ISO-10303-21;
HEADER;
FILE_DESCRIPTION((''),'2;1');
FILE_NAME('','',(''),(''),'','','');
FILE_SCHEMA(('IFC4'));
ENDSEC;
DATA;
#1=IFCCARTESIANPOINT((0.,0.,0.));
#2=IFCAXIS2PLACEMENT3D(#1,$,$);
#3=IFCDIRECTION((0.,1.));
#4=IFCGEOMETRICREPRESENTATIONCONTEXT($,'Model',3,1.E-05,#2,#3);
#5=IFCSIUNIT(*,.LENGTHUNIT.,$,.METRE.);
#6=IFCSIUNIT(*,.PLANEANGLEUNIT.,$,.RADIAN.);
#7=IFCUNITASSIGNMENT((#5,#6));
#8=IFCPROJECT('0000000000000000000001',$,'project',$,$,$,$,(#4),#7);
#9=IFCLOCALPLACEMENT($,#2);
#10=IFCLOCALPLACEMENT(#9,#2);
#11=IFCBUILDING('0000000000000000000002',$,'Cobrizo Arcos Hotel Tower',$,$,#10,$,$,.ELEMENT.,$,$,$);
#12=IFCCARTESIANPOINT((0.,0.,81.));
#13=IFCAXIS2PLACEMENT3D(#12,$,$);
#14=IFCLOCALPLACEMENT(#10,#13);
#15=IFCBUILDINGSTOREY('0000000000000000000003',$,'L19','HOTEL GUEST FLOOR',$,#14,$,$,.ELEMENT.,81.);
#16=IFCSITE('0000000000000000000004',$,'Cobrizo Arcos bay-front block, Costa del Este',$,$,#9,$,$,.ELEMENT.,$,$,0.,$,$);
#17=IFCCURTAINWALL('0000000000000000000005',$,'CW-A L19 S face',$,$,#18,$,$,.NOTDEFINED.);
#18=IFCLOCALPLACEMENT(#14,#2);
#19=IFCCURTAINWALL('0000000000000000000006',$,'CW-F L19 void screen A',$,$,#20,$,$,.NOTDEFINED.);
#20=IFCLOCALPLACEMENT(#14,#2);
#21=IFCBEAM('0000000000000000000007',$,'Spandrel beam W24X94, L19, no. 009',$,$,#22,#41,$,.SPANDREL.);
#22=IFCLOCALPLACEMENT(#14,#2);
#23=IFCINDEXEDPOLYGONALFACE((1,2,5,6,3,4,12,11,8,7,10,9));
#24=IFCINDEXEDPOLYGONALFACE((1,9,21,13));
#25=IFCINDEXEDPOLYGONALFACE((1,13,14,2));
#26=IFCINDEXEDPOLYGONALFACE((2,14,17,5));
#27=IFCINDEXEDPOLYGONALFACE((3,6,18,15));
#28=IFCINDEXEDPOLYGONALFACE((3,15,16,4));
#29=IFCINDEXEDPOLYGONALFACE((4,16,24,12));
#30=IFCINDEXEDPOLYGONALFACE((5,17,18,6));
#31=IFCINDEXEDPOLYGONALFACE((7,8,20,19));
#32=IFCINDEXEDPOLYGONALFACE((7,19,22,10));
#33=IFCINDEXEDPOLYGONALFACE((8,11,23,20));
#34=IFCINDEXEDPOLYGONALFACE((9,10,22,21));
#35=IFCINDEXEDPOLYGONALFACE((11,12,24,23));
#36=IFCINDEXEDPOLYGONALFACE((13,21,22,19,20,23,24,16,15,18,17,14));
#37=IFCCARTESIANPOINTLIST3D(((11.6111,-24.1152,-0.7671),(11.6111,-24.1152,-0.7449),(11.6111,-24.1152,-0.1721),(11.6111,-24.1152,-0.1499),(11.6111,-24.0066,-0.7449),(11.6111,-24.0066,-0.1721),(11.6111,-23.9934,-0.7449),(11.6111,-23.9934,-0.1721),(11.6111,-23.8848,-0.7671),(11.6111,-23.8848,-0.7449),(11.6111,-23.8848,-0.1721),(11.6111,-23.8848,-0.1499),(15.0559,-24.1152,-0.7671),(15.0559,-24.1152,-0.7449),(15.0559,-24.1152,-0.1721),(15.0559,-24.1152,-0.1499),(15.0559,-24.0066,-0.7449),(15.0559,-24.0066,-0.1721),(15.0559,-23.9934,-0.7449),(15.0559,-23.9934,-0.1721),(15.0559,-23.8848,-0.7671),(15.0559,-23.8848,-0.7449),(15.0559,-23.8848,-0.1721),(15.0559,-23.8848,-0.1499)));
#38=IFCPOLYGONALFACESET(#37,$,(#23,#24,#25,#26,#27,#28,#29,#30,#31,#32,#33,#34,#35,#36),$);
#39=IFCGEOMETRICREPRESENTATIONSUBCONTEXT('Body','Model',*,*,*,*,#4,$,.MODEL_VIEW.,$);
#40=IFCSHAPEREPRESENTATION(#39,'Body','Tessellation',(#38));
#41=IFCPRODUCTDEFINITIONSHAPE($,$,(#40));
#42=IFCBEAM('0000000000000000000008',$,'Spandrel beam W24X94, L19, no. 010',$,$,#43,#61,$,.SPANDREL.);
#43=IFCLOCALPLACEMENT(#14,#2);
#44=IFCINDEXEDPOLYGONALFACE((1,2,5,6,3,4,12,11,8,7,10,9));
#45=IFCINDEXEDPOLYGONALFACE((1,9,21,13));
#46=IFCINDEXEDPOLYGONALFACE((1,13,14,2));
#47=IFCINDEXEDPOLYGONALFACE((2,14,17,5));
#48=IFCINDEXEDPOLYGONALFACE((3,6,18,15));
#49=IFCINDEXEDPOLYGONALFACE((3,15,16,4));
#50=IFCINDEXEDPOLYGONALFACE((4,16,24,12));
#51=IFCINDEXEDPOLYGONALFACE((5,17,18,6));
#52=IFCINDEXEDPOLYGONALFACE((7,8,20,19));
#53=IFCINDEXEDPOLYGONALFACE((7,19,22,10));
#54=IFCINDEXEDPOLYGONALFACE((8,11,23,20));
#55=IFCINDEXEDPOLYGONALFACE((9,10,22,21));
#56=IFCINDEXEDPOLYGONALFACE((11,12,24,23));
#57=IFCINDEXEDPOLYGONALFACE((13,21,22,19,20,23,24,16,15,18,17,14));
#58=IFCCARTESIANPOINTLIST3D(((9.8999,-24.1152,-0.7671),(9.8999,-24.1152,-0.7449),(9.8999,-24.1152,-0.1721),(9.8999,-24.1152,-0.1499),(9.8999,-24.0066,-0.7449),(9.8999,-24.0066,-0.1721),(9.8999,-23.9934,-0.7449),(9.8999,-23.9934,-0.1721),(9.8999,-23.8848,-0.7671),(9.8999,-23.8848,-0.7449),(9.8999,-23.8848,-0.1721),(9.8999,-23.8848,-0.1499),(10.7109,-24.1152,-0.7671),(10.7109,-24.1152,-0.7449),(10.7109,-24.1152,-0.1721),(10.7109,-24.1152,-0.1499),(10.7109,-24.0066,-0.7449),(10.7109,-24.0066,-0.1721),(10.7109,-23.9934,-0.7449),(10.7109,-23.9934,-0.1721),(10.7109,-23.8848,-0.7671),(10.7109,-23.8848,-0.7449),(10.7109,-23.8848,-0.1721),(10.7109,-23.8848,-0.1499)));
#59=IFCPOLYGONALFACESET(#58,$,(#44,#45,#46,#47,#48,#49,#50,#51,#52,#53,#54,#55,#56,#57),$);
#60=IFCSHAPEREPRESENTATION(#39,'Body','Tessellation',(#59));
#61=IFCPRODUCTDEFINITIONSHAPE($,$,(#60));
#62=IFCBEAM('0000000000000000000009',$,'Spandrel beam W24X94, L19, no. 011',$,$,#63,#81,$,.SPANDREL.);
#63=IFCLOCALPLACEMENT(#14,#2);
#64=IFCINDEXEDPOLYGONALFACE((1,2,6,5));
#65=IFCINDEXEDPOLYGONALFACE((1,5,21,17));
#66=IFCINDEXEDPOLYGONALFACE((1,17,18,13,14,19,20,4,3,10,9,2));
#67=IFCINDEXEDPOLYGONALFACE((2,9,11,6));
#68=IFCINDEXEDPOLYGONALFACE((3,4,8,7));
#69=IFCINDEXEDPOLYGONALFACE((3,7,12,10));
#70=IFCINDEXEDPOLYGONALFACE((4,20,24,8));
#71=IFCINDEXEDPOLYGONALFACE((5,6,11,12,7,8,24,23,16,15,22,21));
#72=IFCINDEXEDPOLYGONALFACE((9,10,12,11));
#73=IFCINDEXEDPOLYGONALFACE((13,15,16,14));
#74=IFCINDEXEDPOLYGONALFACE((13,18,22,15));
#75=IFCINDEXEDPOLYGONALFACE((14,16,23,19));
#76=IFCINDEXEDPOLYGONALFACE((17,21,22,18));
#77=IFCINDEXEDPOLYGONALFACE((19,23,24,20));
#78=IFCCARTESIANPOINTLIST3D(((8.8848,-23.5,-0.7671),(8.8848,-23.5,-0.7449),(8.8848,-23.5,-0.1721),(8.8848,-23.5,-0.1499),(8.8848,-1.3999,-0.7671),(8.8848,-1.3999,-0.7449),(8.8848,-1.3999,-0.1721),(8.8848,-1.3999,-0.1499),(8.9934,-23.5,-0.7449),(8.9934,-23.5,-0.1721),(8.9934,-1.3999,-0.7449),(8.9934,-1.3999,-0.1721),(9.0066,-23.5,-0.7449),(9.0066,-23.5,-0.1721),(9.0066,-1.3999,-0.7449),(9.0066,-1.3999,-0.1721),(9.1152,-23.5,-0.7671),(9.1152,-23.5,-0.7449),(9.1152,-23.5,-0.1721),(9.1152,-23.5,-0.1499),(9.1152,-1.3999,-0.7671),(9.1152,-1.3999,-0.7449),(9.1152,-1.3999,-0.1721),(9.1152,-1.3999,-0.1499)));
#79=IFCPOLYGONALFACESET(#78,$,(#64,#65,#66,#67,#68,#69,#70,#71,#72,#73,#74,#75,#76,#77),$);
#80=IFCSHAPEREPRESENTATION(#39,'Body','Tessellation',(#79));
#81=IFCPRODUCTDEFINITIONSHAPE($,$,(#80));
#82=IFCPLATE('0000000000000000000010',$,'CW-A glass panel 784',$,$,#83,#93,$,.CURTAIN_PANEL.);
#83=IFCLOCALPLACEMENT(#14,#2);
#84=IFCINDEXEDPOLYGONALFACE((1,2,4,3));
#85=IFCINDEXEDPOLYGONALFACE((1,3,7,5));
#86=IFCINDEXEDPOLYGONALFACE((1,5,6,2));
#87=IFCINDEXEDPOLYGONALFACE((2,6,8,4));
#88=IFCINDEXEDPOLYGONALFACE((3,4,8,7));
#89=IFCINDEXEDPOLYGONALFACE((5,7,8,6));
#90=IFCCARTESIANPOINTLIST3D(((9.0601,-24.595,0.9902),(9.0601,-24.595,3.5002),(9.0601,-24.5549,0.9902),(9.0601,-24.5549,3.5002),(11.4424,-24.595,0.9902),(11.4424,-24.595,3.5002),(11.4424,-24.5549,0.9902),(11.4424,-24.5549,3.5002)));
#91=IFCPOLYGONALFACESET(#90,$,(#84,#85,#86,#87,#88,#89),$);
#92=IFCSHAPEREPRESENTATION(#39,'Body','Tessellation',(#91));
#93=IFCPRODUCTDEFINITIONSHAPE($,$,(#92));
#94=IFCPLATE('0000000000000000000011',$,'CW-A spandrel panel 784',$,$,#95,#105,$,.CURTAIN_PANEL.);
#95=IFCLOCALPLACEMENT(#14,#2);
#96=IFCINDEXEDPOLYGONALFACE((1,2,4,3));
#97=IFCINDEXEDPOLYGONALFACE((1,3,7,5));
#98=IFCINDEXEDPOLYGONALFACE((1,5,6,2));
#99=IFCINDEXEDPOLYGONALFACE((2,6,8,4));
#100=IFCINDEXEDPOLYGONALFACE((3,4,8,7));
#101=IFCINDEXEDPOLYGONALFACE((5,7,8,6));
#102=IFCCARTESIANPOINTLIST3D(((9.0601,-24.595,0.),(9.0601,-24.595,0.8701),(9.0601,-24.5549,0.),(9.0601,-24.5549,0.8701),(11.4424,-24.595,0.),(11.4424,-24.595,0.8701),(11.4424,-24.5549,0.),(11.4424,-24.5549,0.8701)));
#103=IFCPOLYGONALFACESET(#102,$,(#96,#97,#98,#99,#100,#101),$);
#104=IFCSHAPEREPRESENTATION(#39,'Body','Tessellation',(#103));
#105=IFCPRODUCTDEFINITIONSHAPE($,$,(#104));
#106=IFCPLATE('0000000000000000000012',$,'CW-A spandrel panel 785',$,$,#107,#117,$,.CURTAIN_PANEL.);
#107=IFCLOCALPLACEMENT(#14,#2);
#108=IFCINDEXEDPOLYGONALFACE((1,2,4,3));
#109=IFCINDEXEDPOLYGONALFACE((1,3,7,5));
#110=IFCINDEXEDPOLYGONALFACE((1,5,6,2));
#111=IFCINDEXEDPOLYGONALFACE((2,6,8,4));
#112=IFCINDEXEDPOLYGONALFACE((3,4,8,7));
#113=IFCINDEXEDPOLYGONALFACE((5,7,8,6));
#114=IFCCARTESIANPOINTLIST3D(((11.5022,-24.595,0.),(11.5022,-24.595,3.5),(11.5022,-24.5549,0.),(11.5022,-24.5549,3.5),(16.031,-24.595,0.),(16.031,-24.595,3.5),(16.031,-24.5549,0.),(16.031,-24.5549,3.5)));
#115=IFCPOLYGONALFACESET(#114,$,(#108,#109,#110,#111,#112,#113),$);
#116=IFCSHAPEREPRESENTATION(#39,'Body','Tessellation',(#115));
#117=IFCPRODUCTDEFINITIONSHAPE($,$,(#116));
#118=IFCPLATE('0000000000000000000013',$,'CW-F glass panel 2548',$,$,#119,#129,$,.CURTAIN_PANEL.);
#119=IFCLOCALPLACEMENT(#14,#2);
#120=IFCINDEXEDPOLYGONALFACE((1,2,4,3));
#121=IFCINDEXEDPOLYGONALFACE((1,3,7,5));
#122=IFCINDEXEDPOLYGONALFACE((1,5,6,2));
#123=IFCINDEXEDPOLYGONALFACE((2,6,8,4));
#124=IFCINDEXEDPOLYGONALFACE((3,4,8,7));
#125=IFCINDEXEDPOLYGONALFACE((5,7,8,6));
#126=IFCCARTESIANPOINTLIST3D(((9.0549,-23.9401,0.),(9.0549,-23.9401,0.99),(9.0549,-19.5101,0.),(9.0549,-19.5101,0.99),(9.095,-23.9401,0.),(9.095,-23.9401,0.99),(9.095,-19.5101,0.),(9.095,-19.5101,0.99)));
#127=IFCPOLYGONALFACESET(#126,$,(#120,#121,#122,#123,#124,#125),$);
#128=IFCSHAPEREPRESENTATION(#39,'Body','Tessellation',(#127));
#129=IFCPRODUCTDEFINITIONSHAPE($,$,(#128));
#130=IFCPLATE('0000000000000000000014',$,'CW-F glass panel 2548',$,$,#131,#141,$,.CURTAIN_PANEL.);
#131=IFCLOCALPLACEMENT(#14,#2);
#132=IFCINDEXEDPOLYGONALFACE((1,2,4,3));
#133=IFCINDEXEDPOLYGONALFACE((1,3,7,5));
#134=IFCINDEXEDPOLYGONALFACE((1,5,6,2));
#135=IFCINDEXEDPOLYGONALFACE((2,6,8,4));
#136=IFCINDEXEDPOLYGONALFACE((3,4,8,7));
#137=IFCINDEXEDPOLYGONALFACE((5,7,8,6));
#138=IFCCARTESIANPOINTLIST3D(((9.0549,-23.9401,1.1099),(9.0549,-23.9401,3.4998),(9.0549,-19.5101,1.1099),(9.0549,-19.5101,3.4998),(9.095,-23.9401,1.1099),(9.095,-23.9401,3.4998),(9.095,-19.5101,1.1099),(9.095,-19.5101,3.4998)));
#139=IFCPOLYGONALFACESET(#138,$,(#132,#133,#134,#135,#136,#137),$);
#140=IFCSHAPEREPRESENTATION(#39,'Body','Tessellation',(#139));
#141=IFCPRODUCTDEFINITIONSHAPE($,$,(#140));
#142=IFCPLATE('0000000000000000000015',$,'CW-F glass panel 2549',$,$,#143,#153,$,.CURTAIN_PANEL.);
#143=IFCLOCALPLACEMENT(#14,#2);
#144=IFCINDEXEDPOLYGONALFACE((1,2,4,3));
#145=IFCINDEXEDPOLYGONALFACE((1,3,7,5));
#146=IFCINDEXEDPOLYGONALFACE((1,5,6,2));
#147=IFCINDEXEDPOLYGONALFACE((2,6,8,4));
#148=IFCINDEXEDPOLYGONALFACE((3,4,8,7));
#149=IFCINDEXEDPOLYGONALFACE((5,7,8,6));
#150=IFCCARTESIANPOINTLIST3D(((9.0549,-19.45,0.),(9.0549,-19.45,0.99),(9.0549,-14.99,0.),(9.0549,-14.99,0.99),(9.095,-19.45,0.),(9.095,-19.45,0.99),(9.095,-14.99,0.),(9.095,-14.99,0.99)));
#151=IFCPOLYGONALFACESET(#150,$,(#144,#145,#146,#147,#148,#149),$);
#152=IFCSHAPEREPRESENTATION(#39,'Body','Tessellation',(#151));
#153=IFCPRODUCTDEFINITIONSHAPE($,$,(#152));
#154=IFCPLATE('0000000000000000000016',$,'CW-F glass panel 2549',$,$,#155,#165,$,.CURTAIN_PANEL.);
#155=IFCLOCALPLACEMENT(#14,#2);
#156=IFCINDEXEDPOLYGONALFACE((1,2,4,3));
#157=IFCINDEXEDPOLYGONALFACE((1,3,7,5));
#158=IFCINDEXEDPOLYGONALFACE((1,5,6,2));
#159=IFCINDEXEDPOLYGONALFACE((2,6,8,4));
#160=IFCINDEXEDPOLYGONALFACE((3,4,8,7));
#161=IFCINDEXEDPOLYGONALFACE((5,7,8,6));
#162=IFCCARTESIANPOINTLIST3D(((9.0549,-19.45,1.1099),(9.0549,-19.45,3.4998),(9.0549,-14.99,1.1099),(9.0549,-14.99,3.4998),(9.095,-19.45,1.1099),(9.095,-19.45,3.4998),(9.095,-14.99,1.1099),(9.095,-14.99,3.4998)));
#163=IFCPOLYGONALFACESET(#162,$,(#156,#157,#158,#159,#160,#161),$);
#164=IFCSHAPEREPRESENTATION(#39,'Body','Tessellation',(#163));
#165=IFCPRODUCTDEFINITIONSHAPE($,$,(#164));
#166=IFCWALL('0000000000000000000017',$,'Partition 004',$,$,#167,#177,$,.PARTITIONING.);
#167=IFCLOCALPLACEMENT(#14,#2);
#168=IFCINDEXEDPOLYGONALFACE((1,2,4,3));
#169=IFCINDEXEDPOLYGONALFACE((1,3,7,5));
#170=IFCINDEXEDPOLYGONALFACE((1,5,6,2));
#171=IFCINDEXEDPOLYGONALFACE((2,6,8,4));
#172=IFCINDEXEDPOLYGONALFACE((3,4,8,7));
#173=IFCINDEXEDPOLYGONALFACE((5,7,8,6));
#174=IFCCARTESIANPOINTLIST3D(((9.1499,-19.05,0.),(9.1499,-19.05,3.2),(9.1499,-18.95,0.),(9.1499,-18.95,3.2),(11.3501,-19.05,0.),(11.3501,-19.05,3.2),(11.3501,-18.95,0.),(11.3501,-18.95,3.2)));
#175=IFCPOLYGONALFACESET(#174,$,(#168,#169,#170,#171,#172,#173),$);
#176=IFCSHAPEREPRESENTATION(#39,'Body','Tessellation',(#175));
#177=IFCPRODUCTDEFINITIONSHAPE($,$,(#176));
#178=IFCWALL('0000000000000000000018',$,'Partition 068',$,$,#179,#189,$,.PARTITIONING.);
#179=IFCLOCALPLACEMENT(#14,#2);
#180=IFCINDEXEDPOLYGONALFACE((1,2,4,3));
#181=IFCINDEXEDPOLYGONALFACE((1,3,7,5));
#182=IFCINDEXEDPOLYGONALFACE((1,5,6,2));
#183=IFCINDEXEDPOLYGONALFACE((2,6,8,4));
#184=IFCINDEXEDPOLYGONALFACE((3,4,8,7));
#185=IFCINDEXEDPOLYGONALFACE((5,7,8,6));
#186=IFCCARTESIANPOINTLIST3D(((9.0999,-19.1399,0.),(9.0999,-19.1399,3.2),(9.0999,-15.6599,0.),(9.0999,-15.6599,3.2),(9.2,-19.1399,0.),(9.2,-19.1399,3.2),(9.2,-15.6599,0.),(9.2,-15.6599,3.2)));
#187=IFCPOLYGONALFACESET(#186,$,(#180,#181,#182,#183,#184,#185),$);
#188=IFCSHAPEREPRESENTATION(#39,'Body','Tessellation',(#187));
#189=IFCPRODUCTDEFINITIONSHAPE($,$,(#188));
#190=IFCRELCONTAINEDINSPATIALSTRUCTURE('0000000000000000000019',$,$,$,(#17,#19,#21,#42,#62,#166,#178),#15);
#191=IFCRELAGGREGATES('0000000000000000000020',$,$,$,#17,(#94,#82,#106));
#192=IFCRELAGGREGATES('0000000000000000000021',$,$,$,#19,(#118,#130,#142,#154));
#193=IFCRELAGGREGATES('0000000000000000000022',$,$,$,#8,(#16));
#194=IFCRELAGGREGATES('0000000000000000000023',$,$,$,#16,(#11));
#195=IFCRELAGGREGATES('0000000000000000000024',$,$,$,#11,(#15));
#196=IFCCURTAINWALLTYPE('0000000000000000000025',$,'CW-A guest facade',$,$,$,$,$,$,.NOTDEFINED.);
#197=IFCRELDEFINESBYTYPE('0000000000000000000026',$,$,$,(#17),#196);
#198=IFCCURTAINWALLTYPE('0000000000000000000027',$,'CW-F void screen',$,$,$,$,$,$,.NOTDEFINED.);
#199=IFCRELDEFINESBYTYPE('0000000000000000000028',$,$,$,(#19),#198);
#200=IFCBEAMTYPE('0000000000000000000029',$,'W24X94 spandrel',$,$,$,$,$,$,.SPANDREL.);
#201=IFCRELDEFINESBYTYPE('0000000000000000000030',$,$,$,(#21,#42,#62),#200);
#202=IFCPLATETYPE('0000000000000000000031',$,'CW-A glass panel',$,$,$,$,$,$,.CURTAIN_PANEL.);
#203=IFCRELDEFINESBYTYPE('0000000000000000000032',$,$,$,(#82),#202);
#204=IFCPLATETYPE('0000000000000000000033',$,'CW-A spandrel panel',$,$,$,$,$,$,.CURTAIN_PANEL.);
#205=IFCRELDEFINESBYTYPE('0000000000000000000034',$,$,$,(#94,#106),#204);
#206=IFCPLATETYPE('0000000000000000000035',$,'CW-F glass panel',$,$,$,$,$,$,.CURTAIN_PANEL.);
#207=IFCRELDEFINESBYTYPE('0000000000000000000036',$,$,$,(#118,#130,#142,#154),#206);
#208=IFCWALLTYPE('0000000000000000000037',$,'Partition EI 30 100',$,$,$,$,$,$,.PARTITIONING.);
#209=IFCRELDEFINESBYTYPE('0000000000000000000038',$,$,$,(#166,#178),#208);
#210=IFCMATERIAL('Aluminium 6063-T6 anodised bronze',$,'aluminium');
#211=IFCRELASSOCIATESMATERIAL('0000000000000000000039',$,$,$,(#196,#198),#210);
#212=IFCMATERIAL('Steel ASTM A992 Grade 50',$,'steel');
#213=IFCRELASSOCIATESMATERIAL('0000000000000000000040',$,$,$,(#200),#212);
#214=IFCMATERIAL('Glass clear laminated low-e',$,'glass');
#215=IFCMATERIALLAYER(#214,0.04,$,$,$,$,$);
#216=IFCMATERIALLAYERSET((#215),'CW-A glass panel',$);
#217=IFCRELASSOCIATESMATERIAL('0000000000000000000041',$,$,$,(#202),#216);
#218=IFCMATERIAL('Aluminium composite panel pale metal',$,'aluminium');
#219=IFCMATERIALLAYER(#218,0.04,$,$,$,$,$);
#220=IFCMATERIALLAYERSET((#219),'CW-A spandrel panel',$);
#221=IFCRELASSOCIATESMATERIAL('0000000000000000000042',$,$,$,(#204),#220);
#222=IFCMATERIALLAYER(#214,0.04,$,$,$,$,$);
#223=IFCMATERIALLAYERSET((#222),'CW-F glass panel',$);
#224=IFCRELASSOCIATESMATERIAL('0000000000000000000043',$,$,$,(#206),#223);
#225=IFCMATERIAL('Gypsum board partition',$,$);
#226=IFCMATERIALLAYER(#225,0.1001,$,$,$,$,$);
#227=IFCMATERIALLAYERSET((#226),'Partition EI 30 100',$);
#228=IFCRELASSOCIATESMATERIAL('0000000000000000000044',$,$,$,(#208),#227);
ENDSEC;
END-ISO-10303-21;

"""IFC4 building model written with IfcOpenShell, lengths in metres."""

from ifc_helpers import new_model, si_unit, direction, frame, frame_2d, origin, origin_2d, place, context, subcontext, project, spatial, rectangle, i_section, extrude, material, layer, layer_set, material_profile, profile_set, type_object, element, aggregate, save


model = new_model("IFC4")

# Units and contexts
model_context = context("Model", 3, precision=1e-05, world=origin(), true_north=direction((0.0, 1.0)))
body_context = subcontext(model_context, "Body", "Model", "MODEL_VIEW")
ifc_project = project(units=[si_unit("LENGTHUNIT", "METRE"), si_unit("PLANEANGLEUNIT", "RADIAN")], contexts=[model_context])

# Site, building, storey
site_placement = place(None, origin())
site = spatial("IfcSite", under=ifc_project, at=site_placement, Name="Cobrizo Arcos bay-front block, Costa del Este", CompositionType="ELEMENT", RefElevation=0.0)
building_placement = place(site_placement, origin())
building = spatial("IfcBuilding", under=site, at=building_placement, Name="Cobrizo Arcos Hotel Tower", CompositionType="ELEMENT")
storey_placement = place(building_placement, frame((0.0, 0.0, 81.0)))
storey = spatial("IfcBuildingStorey", under=building, at=storey_placement, Name="L19", Description="HOTEL GUEST FLOOR", CompositionType="ELEMENT", Elevation=81.0)

# Curtain walls
ifc_material_1 = material(Name="Aluminium 6063-T6 anodised bronze", Category="aluminium")
curtain_wall_type_1 = type_object("IfcCurtainWallType", Name="CW-A guest facade", PredefinedType="NOTDEFINED", material=ifc_material_1)
curtain_wall_1_placement = place(storey_placement, origin())
curtain_wall_1 = element("IfcCurtainWall", 1, at=curtain_wall_1_placement, inside=storey, type_object=curtain_wall_type_1, Name="CW-A L19 S face", PredefinedType="NOTDEFINED")
curtain_wall_type_2 = type_object("IfcCurtainWallType", Name="CW-F void screen", PredefinedType="NOTDEFINED", material=ifc_material_1)
curtain_wall_2_placement = place(storey_placement, origin())
curtain_wall_2 = element("IfcCurtainWall", 2, at=curtain_wall_2_placement, inside=storey, type_object=curtain_wall_type_2, Name="CW-F L19 void screen A", PredefinedType="NOTDEFINED")

# Beams
ifc_material_2 = material(Name="Steel ASTM A992 Grade 50", Category="steel")
ifc_material_profile_1 = material_profile(ifc_material_2, i_section(OverallWidth=0.2305, OverallDepth=0.6172, WebThickness=0.0132, FlangeThickness=0.0222, at=origin_2d()), Name="W24X94")
ifc_profile_set_1 = profile_set([ifc_material_profile_1], Name="Steel ASTM A992 Grade 50")
beam_type_1 = type_object("IfcBeamType", Name="W24X94 spandrel", PredefinedType="SPANDREL", material=ifc_profile_set_1)
beam_1_placement = place(storey_placement, frame((15.0559, -24.0, -0.4585), z_axis=(-1.0, 0.0, 0.0), x_axis=(0.0, -1.0, 0.0)))
element("IfcBeam", 3, at=beam_1_placement, inside=storey, type_object=beam_type_1, Name="Spandrel beam W24X94, L19, no. 009", PredefinedType="SPANDREL", context=body_context, shape_type="SweptSolid", body=[
    extrude(i_section(OverallWidth=0.2305, OverallDepth=0.6172, WebThickness=0.0132, FlangeThickness=0.0222, at=origin_2d()), origin(), (0.0, 0.0, 1.0), 3.4448),
])
beam_2_placement = place(storey_placement, frame((10.7109, -24.0, -0.4585), z_axis=(-1.0, 0.0, 0.0), x_axis=(0.0, -1.0, 0.0)))
element("IfcBeam", 4, at=beam_2_placement, inside=storey, type_object=beam_type_1, Name="Spandrel beam W24X94, L19, no. 010", PredefinedType="SPANDREL", context=body_context, shape_type="SweptSolid", body=[
    extrude(i_section(OverallWidth=0.2305, OverallDepth=0.6172, WebThickness=0.0132, FlangeThickness=0.0222, at=origin_2d()), origin(), (0.0, 0.0, 1.0), 0.811),
])
beam_3_placement = place(storey_placement, frame((9.0, -23.5, -0.4585), z_axis=(0.0, 1.0, 0.0), x_axis=(-1.0, 0.0, 0.0)))
element("IfcBeam", 5, at=beam_3_placement, inside=storey, type_object=beam_type_1, Name="Spandrel beam W24X94, L19, no. 011", PredefinedType="SPANDREL", context=body_context, shape_type="SweptSolid", body=[
    extrude(i_section(OverallWidth=0.2305, OverallDepth=0.6172, WebThickness=0.0132, FlangeThickness=0.0222, at=origin_2d()), origin(), (0.0, 0.0, 1.0), 22.1001),
])

# Plates
ifc_material_3 = material(Name="Glass clear laminated low-e", Category="glass")
ifc_layer_1 = layer(ifc_material_3, 0.04)
ifc_layer_set_1 = layer_set([ifc_layer_1], Name="CW-A glass panel")
plate_type_1 = type_object("IfcPlateType", Name="CW-A glass panel", PredefinedType="CURTAIN_PANEL", material=ifc_layer_set_1)
plate_1_placement = place(storey_placement, frame((10.2512, -24.575, 0.9902), z_axis=(0.0, 0.0, 1.0), x_axis=(1.0, 0.0, 0.0)))
plate_1 = element("IfcPlate", 6, at=plate_1_placement, type_object=plate_type_1, Name="CW-A glass panel 784", PredefinedType="CURTAIN_PANEL", context=body_context, shape_type="SweptSolid", body=[
    extrude(rectangle(XDim=2.3823, YDim=0.04, at=origin_2d()), origin(), (0.0, 0.0, 1.0), 2.51),
])
ifc_material_4 = material(Name="Aluminium composite panel pale metal", Category="aluminium")
ifc_layer_2 = layer(ifc_material_4, 0.04)
ifc_layer_set_2 = layer_set([ifc_layer_2], Name="CW-A spandrel panel")
plate_type_2 = type_object("IfcPlateType", Name="CW-A spandrel panel", PredefinedType="CURTAIN_PANEL", material=ifc_layer_set_2)
plate_2_placement = place(storey_placement, frame((10.2512, -24.575, 0.0), z_axis=(0.0, 0.0, 1.0), x_axis=(1.0, 0.0, 0.0)))
plate_2 = element("IfcPlate", 7, at=plate_2_placement, type_object=plate_type_2, Name="CW-A spandrel panel 784", PredefinedType="CURTAIN_PANEL", context=body_context, shape_type="SweptSolid", body=[
    extrude(rectangle(XDim=2.3823, YDim=0.04, at=origin_2d()), origin(), (0.0, 0.0, 1.0), 0.8701),
])
plate_3_placement = place(storey_placement, frame((13.7666, -24.575, 0.0), z_axis=(0.0, 0.0, 1.0), x_axis=(1.0, 0.0, 0.0)))
plate_3 = element("IfcPlate", 8, at=plate_3_placement, type_object=plate_type_2, Name="CW-A spandrel panel 785", PredefinedType="CURTAIN_PANEL", context=body_context, shape_type="SweptSolid", body=[
    extrude(rectangle(XDim=4.5288, YDim=0.04, at=origin_2d()), origin(), (0.0, 0.0, 1.0), 3.5),
])
aggregate(curtain_wall_1, [plate_2, plate_1, plate_3])
ifc_layer_3 = layer(ifc_material_3, 0.04)
ifc_layer_set_3 = layer_set([ifc_layer_3], Name="CW-F glass panel")
plate_type_3 = type_object("IfcPlateType", Name="CW-F glass panel", PredefinedType="CURTAIN_PANEL", material=ifc_layer_set_3)
plate_4_placement = place(storey_placement, frame((9.075, -21.7251, 0.0), z_axis=(0.0, 0.0, 1.0), x_axis=(0.0, 1.0, 0.0)))
plate_4 = element("IfcPlate", 9, at=plate_4_placement, type_object=plate_type_3, Name="CW-F glass panel 2548", PredefinedType="CURTAIN_PANEL", context=body_context, shape_type="SweptSolid", body=[
    extrude(rectangle(XDim=4.4299, YDim=0.04, at=origin_2d()), origin(), (0.0, 0.0, 1.0), 0.99),
])
plate_5_placement = place(storey_placement, frame((9.075, -21.7251, 1.1099), z_axis=(0.0, 0.0, 1.0), x_axis=(0.0, 1.0, 0.0)))
plate_5 = element("IfcPlate", 10, at=plate_5_placement, type_object=plate_type_3, Name="CW-F glass panel 2548", PredefinedType="CURTAIN_PANEL", context=body_context, shape_type="SweptSolid", body=[
    extrude(rectangle(XDim=4.4299, YDim=0.04, at=origin_2d()), origin(), (0.0, 0.0, 1.0), 2.3899),
])
plate_6_placement = place(storey_placement, frame((9.075, -17.22, 0.0), z_axis=(0.0, 0.0, 1.0), x_axis=(0.0, 1.0, 0.0)))
plate_6 = element("IfcPlate", 11, at=plate_6_placement, type_object=plate_type_3, Name="CW-F glass panel 2549", PredefinedType="CURTAIN_PANEL", context=body_context, shape_type="SweptSolid", body=[
    extrude(rectangle(XDim=4.46, YDim=0.04, at=origin_2d()), origin(), (0.0, 0.0, 1.0), 0.99),
])
plate_7_placement = place(storey_placement, frame((9.075, -17.22, 1.1099), z_axis=(0.0, 0.0, 1.0), x_axis=(0.0, 1.0, 0.0)))
plate_7 = element("IfcPlate", 12, at=plate_7_placement, type_object=plate_type_3, Name="CW-F glass panel 2549", PredefinedType="CURTAIN_PANEL", context=body_context, shape_type="SweptSolid", body=[
    extrude(rectangle(XDim=4.46, YDim=0.04, at=origin_2d()), origin(), (0.0, 0.0, 1.0), 2.3899),
])
aggregate(curtain_wall_2, [plate_4, plate_5, plate_6, plate_7])

# Walls
ifc_material_5 = material(Name="Gypsum board partition")
ifc_layer_4 = layer(ifc_material_5, 0.1001)
ifc_layer_set_4 = layer_set([ifc_layer_4], Name="Partition EI 30 100")
wall_type = type_object("IfcWallType", Name="Partition EI 30 100", PredefinedType="PARTITIONING", material=ifc_layer_set_4)
wall_1_placement = place(storey_placement, frame((9.1499, -19.0, 0.0), z_axis=(0.0, 0.0, 1.0), x_axis=(1.0, 0.0, 0.0)))
element("IfcWall", 13, at=wall_1_placement, inside=storey, type_object=wall_type, Name="Partition 004", PredefinedType="PARTITIONING", context=body_context, shape_type="SweptSolid", body=[
    extrude(rectangle(XDim=2.2002, YDim=0.1001, at=frame_2d((1.1001, 0.0))), origin(), (0.0, 0.0, 1.0), 3.2),
])
wall_2_placement = place(storey_placement, frame((9.1499, -19.1399, 0.0), z_axis=(0.0, 0.0, 1.0), x_axis=(0.0, 1.0, 0.0)))
element("IfcWall", 14, at=wall_2_placement, inside=storey, type_object=wall_type, Name="Partition 068", PredefinedType="PARTITIONING", context=body_context, shape_type="SweptSolid", body=[
    extrude(rectangle(XDim=3.48, YDim=0.1001, at=frame_2d((1.74, 0.0))), origin(), (0.0, 0.0, 1.0), 3.2),
])

save(model, "model.ifc")
